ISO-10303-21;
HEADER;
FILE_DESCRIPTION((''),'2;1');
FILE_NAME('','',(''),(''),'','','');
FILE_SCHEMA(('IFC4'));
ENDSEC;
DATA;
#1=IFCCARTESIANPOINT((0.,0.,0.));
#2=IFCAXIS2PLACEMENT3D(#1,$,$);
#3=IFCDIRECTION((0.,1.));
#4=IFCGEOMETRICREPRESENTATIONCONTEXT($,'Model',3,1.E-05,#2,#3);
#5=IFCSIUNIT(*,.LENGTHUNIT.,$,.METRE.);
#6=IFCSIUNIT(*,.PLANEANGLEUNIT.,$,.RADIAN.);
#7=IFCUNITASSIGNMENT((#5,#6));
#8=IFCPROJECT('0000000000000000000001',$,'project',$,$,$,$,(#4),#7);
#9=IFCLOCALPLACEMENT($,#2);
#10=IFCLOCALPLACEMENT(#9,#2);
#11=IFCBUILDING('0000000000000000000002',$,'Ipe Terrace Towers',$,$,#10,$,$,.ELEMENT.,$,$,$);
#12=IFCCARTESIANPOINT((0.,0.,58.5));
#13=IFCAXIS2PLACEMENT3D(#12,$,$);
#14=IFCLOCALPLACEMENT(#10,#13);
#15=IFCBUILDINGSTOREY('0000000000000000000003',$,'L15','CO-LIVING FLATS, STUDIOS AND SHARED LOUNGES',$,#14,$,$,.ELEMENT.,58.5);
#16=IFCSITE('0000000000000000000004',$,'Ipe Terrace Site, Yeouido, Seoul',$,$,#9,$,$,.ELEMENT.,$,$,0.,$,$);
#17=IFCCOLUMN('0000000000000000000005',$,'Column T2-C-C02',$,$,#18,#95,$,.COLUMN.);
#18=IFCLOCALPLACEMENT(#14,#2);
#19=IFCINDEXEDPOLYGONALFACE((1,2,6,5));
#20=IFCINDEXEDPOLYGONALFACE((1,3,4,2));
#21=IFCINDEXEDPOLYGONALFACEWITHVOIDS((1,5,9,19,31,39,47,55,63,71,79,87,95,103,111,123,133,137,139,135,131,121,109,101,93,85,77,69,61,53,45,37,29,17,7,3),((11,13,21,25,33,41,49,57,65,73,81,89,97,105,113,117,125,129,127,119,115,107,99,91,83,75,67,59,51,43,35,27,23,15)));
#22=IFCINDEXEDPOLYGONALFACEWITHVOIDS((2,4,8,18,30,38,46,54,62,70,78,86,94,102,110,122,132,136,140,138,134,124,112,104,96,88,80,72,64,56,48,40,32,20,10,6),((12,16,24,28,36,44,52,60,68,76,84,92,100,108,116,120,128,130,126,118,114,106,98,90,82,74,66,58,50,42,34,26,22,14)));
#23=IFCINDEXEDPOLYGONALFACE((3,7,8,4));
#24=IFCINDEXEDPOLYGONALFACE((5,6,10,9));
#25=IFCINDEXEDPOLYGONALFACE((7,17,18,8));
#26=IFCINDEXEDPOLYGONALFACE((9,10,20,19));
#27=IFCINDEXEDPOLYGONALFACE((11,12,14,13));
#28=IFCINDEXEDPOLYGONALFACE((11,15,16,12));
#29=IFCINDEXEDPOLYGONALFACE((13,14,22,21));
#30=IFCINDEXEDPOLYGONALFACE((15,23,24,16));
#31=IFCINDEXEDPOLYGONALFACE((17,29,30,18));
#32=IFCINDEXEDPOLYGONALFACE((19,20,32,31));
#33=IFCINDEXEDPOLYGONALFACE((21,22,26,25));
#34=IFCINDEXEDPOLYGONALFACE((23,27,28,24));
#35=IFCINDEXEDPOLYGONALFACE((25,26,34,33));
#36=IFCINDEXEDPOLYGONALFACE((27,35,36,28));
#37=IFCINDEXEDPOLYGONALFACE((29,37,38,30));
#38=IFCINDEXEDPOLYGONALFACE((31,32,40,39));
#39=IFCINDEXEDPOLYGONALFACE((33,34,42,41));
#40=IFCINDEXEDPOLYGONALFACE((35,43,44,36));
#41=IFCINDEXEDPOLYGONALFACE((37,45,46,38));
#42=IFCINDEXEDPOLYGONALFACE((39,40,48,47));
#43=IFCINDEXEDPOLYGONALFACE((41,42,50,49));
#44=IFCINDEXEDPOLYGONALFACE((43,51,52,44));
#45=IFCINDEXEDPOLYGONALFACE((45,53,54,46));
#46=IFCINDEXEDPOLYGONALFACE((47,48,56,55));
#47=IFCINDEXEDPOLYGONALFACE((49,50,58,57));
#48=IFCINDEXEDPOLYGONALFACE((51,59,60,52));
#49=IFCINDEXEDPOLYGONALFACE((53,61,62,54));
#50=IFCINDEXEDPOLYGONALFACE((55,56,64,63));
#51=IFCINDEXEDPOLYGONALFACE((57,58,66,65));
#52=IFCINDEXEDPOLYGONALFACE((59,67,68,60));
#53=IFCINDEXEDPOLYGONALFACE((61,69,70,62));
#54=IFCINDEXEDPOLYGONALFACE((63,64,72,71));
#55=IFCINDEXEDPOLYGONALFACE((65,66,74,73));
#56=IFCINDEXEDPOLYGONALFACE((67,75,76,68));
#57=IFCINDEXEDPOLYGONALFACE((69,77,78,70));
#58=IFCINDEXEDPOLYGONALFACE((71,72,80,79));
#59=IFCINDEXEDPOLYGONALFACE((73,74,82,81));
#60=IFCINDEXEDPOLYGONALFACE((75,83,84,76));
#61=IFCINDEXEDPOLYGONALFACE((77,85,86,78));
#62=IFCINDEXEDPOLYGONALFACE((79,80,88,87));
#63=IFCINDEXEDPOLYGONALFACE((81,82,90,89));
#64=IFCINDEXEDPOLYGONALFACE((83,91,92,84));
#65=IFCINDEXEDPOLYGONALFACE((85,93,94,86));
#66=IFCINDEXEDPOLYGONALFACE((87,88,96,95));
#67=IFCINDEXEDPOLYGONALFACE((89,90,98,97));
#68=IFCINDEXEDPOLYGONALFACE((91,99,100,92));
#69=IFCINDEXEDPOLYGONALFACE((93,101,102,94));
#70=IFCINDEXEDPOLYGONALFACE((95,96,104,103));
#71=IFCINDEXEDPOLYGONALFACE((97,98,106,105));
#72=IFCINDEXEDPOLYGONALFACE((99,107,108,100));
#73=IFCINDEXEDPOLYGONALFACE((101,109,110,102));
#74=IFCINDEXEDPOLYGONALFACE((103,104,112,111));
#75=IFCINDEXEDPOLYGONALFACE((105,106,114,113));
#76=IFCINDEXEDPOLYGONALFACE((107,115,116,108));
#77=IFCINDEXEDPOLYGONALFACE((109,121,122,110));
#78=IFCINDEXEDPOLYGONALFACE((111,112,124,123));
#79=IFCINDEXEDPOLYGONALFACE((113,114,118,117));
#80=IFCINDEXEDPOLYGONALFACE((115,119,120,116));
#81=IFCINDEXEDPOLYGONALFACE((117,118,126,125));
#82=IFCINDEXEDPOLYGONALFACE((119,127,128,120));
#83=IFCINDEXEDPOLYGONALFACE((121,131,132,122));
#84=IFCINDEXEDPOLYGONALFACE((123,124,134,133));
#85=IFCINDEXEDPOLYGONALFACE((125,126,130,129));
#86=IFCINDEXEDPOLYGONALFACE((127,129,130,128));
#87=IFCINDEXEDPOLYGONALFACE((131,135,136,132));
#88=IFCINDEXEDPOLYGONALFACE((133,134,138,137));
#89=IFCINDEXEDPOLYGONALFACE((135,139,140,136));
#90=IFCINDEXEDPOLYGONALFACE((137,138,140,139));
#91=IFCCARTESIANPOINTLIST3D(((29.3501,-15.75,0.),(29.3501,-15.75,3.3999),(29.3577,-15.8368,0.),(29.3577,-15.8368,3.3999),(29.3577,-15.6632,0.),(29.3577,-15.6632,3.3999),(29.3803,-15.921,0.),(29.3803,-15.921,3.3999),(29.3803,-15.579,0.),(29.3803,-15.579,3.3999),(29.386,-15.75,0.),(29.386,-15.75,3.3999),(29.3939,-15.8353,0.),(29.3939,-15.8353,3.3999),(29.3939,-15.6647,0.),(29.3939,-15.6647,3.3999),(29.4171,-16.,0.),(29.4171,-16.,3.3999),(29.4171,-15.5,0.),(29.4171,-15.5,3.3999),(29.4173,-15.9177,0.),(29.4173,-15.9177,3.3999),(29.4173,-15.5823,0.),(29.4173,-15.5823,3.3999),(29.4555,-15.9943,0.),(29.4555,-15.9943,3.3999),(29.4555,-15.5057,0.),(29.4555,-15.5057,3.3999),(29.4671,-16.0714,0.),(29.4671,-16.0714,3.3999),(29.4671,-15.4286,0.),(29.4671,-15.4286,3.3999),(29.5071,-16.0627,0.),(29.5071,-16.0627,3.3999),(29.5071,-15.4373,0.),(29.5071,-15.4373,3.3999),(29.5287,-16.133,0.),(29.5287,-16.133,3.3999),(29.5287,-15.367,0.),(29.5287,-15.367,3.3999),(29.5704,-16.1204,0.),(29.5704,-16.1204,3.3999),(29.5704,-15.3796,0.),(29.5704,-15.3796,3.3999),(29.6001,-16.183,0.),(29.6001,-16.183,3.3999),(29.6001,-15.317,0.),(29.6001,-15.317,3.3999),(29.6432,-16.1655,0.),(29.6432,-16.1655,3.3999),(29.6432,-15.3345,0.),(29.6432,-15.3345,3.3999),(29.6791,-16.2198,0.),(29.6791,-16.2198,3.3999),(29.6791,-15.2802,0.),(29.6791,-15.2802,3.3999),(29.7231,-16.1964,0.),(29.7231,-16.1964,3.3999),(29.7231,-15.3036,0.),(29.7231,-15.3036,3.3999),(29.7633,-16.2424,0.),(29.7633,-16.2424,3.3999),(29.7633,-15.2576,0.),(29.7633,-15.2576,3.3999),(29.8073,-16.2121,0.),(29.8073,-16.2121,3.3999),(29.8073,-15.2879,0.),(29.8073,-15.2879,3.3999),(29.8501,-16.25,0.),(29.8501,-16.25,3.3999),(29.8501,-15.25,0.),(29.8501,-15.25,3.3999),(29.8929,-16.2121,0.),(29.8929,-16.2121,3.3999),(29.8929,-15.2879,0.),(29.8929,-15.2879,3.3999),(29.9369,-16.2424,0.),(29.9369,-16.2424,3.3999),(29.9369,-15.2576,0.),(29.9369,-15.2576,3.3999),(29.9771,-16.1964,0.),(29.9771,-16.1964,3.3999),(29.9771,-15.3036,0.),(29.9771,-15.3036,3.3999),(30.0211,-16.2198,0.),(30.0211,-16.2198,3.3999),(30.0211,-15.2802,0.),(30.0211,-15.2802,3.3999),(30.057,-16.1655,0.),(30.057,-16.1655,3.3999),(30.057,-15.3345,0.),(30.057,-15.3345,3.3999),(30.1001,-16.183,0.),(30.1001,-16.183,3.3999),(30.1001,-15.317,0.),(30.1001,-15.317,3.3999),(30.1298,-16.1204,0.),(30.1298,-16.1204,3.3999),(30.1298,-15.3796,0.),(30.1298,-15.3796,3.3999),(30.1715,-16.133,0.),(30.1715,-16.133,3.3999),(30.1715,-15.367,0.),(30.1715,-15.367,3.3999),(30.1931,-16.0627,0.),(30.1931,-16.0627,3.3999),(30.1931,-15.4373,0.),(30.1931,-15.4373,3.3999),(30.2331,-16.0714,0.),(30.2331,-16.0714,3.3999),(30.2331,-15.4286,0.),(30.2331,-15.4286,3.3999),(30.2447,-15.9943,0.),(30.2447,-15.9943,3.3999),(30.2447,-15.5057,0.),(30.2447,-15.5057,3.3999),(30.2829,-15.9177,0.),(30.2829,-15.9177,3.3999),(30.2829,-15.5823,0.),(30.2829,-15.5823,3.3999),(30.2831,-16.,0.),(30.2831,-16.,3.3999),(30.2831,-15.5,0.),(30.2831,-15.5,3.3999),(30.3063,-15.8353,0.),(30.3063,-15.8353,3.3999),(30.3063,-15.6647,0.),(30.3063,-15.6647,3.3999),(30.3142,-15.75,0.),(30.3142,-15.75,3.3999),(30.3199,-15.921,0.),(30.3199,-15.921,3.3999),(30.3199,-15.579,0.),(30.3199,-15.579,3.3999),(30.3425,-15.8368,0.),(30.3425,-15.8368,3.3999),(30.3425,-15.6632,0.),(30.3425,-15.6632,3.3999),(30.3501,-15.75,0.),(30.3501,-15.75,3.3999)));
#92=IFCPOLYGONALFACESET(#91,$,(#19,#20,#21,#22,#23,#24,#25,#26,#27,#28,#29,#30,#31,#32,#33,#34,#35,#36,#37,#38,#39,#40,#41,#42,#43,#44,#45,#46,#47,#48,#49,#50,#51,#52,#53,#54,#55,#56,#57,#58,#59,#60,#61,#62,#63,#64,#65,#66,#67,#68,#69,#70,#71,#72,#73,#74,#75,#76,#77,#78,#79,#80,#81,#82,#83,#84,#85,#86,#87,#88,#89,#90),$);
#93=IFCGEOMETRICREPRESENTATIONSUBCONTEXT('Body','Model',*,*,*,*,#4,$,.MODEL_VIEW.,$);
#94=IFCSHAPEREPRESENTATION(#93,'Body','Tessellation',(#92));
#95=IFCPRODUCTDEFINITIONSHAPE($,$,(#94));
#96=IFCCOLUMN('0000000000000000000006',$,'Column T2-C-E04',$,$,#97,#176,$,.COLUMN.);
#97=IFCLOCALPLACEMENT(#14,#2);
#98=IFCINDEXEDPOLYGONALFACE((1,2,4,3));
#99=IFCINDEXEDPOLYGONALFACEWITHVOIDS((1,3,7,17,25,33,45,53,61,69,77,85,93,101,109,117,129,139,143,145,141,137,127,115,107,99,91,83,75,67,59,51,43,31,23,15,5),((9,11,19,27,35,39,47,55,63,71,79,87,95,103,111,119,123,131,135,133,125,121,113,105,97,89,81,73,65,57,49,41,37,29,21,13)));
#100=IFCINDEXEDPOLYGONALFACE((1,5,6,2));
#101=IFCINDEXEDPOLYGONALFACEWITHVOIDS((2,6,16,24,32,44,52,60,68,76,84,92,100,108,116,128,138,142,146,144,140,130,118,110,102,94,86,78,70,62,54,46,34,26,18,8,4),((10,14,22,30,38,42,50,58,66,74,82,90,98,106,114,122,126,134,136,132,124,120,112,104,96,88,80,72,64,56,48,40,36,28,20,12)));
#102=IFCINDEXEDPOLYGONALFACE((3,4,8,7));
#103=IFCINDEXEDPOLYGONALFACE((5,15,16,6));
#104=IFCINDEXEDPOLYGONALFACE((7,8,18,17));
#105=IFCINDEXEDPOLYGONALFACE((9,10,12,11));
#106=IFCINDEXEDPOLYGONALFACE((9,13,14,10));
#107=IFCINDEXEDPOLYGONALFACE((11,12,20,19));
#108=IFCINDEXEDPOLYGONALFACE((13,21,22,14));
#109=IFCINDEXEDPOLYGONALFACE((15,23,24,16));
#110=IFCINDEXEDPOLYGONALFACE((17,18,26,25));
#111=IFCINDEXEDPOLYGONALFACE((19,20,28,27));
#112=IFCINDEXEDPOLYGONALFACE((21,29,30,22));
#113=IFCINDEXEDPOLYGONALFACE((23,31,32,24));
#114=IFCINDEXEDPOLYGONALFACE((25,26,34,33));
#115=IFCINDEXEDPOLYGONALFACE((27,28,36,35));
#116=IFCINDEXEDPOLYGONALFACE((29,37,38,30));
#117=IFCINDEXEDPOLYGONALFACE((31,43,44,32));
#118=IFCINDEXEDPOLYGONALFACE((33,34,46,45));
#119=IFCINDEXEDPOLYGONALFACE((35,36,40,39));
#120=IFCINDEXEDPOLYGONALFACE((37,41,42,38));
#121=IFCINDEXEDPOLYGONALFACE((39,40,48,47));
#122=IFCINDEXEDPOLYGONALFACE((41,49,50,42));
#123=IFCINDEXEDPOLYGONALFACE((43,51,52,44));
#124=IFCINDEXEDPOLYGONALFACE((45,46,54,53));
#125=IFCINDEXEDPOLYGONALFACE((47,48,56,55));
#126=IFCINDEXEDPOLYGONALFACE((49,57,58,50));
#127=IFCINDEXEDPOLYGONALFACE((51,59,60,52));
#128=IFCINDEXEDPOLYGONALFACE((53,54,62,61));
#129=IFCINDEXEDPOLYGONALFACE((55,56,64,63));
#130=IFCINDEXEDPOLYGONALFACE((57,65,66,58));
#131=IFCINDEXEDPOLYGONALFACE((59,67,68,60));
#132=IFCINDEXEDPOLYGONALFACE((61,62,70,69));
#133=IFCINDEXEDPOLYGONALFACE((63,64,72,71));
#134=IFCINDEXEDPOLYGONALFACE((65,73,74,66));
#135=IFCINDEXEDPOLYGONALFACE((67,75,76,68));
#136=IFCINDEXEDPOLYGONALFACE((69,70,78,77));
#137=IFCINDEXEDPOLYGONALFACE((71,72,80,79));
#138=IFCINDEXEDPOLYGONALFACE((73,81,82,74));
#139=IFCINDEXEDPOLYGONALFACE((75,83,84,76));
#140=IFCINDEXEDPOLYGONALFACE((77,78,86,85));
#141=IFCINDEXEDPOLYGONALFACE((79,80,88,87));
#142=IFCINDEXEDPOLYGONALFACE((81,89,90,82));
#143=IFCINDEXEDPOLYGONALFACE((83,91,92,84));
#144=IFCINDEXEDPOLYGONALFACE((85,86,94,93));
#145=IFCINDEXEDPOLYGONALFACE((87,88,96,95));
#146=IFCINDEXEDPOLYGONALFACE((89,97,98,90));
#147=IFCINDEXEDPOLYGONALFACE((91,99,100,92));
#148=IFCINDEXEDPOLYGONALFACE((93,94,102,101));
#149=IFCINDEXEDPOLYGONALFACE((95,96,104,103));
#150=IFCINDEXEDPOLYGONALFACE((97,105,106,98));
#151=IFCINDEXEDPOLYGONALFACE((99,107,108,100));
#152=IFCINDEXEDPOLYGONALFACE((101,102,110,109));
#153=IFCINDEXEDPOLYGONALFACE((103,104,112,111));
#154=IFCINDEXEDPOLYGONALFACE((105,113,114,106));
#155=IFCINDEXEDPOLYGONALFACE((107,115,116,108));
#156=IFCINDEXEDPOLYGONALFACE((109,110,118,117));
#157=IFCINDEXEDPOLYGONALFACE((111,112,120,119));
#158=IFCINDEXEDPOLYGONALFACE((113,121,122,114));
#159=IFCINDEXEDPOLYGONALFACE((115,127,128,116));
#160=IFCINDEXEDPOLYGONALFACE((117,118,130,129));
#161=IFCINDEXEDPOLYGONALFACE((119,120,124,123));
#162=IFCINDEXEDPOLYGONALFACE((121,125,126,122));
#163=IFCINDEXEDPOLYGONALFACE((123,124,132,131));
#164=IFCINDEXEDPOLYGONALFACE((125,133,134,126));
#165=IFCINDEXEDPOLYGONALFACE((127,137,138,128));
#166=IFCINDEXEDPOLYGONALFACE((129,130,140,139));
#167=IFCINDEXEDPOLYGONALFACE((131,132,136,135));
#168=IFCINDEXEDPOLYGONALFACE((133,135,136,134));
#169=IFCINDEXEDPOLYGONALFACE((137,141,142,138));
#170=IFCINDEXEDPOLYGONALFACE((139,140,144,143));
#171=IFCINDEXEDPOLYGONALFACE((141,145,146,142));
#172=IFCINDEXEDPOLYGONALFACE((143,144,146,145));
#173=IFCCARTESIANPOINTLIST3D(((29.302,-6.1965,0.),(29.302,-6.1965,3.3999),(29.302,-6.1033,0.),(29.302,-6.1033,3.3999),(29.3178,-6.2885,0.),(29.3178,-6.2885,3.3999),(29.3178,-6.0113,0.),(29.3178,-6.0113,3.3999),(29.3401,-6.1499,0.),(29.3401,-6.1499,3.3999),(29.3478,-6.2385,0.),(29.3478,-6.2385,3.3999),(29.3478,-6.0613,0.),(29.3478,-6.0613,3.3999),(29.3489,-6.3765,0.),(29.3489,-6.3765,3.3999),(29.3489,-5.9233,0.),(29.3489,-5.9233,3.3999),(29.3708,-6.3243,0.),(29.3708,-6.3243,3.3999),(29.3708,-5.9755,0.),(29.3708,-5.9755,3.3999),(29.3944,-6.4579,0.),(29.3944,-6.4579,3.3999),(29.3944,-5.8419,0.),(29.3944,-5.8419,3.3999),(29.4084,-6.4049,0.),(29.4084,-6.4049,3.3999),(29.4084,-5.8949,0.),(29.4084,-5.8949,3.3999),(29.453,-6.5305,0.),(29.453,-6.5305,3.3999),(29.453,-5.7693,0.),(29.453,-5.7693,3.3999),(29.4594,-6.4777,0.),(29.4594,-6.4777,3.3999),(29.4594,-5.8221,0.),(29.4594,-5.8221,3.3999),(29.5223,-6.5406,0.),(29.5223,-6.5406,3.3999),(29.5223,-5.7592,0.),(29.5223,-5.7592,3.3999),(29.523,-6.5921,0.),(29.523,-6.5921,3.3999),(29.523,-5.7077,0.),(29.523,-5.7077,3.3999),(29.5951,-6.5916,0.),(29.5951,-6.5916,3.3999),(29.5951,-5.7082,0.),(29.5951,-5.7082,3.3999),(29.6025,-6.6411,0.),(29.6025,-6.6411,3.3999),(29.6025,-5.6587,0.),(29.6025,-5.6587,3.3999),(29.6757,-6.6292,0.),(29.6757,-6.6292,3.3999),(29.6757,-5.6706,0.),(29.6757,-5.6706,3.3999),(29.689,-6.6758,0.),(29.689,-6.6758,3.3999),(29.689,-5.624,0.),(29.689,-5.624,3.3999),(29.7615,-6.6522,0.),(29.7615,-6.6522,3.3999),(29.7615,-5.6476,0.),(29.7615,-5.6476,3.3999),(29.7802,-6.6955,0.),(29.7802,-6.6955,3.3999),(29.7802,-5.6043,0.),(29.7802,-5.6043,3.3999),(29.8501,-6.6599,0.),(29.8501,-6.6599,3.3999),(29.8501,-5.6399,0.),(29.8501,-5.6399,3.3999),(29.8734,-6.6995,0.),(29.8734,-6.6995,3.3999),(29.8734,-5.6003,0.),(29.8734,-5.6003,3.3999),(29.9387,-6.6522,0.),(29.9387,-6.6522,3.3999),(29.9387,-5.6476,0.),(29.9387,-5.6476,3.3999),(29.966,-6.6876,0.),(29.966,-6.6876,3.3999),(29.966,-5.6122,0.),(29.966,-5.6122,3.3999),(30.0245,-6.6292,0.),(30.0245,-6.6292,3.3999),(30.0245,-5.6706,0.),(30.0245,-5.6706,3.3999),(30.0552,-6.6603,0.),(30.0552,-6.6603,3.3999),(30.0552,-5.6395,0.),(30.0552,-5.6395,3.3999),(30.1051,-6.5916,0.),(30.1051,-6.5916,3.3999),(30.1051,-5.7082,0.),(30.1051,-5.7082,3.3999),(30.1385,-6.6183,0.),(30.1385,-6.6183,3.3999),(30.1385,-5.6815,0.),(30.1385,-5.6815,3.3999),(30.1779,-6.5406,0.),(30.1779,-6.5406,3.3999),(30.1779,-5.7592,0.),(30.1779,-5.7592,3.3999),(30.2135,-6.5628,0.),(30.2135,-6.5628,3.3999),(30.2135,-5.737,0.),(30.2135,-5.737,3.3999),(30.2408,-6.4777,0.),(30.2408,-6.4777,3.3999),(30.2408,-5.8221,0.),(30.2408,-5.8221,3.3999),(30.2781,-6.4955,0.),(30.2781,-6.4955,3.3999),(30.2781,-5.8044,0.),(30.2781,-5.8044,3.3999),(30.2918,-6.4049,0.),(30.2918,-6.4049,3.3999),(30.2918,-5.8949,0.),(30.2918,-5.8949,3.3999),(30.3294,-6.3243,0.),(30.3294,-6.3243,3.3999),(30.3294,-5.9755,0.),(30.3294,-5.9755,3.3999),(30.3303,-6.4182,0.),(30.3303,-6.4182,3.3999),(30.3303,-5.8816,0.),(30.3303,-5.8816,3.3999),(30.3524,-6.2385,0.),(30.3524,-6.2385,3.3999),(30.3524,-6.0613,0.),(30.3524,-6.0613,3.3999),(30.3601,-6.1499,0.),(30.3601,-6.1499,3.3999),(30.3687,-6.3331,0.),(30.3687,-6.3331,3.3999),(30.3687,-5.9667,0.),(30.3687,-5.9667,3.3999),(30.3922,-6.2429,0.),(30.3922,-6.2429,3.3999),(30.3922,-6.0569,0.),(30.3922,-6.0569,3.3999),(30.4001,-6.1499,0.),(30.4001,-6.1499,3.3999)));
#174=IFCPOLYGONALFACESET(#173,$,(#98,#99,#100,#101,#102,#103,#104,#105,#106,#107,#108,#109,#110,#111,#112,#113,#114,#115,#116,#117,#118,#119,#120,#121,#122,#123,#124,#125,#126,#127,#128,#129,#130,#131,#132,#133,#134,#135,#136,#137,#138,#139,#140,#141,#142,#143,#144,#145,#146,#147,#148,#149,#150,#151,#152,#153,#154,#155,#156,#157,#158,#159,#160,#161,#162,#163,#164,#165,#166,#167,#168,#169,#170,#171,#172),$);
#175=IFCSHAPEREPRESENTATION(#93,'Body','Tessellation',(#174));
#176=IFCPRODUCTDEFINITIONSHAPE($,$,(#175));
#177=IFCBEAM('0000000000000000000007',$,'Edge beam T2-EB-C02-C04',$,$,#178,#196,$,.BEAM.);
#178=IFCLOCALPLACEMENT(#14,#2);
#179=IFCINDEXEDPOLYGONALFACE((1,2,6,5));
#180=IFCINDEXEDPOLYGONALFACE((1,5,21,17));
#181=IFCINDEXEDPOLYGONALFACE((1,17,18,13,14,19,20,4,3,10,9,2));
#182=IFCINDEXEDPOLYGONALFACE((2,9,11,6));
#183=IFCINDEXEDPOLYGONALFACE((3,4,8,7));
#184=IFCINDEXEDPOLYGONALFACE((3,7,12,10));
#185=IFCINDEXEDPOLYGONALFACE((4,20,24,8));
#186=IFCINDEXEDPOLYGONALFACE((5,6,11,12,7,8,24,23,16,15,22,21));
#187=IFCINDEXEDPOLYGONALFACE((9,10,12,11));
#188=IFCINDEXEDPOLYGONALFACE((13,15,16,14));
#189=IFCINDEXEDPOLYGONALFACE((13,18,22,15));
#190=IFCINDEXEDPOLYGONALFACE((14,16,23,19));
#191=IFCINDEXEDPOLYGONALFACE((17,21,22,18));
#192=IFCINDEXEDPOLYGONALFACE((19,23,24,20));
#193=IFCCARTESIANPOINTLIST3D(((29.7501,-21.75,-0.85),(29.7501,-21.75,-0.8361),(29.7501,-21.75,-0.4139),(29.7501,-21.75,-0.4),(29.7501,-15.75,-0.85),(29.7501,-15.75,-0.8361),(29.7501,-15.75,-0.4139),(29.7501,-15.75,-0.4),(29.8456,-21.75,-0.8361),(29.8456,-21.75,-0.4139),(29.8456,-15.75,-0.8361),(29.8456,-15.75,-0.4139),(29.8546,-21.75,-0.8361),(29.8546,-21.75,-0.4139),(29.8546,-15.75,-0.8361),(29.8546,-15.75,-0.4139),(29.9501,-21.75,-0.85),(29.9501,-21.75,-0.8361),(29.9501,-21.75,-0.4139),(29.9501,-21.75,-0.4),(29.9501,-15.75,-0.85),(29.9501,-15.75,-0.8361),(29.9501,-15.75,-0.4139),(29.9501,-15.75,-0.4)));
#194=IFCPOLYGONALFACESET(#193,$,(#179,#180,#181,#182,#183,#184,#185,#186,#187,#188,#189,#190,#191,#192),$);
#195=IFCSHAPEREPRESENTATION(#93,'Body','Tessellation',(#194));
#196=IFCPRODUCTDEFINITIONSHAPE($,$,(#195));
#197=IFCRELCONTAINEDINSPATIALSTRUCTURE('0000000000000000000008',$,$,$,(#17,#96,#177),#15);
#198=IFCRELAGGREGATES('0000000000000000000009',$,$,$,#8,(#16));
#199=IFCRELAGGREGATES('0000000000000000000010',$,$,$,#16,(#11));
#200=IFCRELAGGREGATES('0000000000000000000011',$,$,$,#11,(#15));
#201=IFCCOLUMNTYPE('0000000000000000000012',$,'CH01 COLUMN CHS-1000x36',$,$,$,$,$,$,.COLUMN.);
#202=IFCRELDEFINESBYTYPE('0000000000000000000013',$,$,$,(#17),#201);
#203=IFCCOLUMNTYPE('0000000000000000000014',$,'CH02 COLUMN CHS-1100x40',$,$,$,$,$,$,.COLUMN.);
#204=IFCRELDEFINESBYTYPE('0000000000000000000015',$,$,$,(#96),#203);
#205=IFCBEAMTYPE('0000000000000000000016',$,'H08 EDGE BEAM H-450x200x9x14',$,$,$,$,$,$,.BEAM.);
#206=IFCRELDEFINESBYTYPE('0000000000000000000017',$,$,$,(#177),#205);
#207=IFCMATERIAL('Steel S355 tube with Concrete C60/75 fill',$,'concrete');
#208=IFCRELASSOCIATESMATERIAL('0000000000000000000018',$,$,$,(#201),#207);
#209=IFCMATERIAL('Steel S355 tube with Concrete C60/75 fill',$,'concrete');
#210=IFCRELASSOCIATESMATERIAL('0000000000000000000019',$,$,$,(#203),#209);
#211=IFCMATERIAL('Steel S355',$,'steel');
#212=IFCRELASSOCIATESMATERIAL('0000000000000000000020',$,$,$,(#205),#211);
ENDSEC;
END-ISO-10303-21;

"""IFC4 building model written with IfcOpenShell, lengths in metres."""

from ifc_helpers import new_model, si_unit, direction, frame, origin, origin_2d, place, context, subcontext, project, spatial, hollow_circle, i_section, extrude, material, material_profile, profile_set, type_object, element, save


model = new_model("IFC4")

# Units and contexts
model_context = context("Model", 3, precision=1e-05, world=origin(), true_north=direction((0.0, 1.0)))
body_context = subcontext(model_context, "Body", "Model", "MODEL_VIEW")
ifc_project = project(units=[si_unit("LENGTHUNIT", "METRE"), si_unit("PLANEANGLEUNIT", "RADIAN")], contexts=[model_context])

# Site, building, storey
site_placement = place(None, origin())
site = spatial("IfcSite", under=ifc_project, at=site_placement, Name="Ipe Terrace Site, Yeouido, Seoul", CompositionType="ELEMENT", RefElevation=0.0)
building_placement = place(site_placement, origin())
building = spatial("IfcBuilding", under=site, at=building_placement, Name="Ipe Terrace Towers", CompositionType="ELEMENT")
storey_placement = place(building_placement, frame((0.0, 0.0, 58.5)))
storey = spatial("IfcBuildingStorey", under=building, at=storey_placement, Name="L15", Description="CO-LIVING FLATS, STUDIOS AND SHARED LOUNGES", CompositionType="ELEMENT", Elevation=58.5)

# Columns
ifc_material_1 = material(Name="Steel S355 tube with Concrete C60/75 fill", Category="concrete")
ifc_material_profile_1 = material_profile(ifc_material_1, hollow_circle(Radius=0.5, WallThickness=0.0359, at=origin_2d()), Name="CHS-1000x36")
ifc_profile_set_1 = profile_set([ifc_material_profile_1], Name="Steel S355 tube with Concrete C60/75 fill")
column_type_1 = type_object("IfcColumnType", Name="CH01 COLUMN CHS-1000x36", PredefinedType="COLUMN", material=ifc_profile_set_1)
column_1_placement = place(storey_placement, frame((29.8501, -15.75, 0.0), z_axis=(0.0, 0.0, 1.0), x_axis=(1.0, 0.0, 0.0)))
element("IfcColumn", 1, at=column_1_placement, inside=storey, type_object=column_type_1, Name="Column T2-C-C02", PredefinedType="COLUMN", context=body_context, shape_type="SweptSolid", body=[
    extrude(hollow_circle(Radius=0.5, WallThickness=0.0359, at=origin_2d()), origin(), (0.0, 0.0, 1.0), 3.3999),
])
ifc_material_2 = material(Name="Steel S355 tube with Concrete C60/75 fill", Category="concrete")
ifc_material_profile_2 = material_profile(ifc_material_2, hollow_circle(Radius=0.55, WallThickness=0.04, at=origin_2d()), Name="CHS-1100x40")
ifc_profile_set_2 = profile_set([ifc_material_profile_2], Name="Steel S355 tube with Concrete C60/75 fill")
column_type_2 = type_object("IfcColumnType", Name="CH02 COLUMN CHS-1100x40", PredefinedType="COLUMN", material=ifc_profile_set_2)
column_2_placement = place(storey_placement, frame((29.8501, -6.1499, 0.0), z_axis=(0.0, 0.0, 1.0), x_axis=(1.0, 0.0, 0.0)))
element("IfcColumn", 2, at=column_2_placement, inside=storey, type_object=column_type_2, Name="Column T2-C-E04", PredefinedType="COLUMN", context=body_context, shape_type="SweptSolid", body=[
    extrude(hollow_circle(Radius=0.55, WallThickness=0.04, at=origin_2d()), origin(), (0.0, 0.0, 1.0), 3.3999),
])

# Beam
ifc_material_3 = material(Name="Steel S355", Category="steel")
ifc_material_profile_3 = material_profile(ifc_material_3, i_section(OverallWidth=0.2, OverallDepth=0.45, WebThickness=0.009, FlangeThickness=0.0139, at=origin_2d()), Name="H-450x200x9x14")
ifc_profile_set_3 = profile_set([ifc_material_profile_3], Name="Steel S355")
beam_type = type_object("IfcBeamType", Name="H08 EDGE BEAM H-450x200x9x14", PredefinedType="BEAM", material=ifc_profile_set_3)
beam_placement = place(storey_placement, frame((29.8501, -15.75, -0.625), z_axis=(0.0, -1.0, 0.0), x_axis=(1.0, 0.0, 0.0)))
element("IfcBeam", 3, at=beam_placement, inside=storey, type_object=beam_type, Name="Edge beam T2-EB-C02-C04", PredefinedType="BEAM", context=body_context, shape_type="SweptSolid", body=[
    extrude(i_section(OverallWidth=0.2, OverallDepth=0.45, WebThickness=0.009, FlangeThickness=0.0139, at=origin_2d()), origin(), (0.0, 0.0, 1.0), 6.0),
])

save(model, "model.ifc")
